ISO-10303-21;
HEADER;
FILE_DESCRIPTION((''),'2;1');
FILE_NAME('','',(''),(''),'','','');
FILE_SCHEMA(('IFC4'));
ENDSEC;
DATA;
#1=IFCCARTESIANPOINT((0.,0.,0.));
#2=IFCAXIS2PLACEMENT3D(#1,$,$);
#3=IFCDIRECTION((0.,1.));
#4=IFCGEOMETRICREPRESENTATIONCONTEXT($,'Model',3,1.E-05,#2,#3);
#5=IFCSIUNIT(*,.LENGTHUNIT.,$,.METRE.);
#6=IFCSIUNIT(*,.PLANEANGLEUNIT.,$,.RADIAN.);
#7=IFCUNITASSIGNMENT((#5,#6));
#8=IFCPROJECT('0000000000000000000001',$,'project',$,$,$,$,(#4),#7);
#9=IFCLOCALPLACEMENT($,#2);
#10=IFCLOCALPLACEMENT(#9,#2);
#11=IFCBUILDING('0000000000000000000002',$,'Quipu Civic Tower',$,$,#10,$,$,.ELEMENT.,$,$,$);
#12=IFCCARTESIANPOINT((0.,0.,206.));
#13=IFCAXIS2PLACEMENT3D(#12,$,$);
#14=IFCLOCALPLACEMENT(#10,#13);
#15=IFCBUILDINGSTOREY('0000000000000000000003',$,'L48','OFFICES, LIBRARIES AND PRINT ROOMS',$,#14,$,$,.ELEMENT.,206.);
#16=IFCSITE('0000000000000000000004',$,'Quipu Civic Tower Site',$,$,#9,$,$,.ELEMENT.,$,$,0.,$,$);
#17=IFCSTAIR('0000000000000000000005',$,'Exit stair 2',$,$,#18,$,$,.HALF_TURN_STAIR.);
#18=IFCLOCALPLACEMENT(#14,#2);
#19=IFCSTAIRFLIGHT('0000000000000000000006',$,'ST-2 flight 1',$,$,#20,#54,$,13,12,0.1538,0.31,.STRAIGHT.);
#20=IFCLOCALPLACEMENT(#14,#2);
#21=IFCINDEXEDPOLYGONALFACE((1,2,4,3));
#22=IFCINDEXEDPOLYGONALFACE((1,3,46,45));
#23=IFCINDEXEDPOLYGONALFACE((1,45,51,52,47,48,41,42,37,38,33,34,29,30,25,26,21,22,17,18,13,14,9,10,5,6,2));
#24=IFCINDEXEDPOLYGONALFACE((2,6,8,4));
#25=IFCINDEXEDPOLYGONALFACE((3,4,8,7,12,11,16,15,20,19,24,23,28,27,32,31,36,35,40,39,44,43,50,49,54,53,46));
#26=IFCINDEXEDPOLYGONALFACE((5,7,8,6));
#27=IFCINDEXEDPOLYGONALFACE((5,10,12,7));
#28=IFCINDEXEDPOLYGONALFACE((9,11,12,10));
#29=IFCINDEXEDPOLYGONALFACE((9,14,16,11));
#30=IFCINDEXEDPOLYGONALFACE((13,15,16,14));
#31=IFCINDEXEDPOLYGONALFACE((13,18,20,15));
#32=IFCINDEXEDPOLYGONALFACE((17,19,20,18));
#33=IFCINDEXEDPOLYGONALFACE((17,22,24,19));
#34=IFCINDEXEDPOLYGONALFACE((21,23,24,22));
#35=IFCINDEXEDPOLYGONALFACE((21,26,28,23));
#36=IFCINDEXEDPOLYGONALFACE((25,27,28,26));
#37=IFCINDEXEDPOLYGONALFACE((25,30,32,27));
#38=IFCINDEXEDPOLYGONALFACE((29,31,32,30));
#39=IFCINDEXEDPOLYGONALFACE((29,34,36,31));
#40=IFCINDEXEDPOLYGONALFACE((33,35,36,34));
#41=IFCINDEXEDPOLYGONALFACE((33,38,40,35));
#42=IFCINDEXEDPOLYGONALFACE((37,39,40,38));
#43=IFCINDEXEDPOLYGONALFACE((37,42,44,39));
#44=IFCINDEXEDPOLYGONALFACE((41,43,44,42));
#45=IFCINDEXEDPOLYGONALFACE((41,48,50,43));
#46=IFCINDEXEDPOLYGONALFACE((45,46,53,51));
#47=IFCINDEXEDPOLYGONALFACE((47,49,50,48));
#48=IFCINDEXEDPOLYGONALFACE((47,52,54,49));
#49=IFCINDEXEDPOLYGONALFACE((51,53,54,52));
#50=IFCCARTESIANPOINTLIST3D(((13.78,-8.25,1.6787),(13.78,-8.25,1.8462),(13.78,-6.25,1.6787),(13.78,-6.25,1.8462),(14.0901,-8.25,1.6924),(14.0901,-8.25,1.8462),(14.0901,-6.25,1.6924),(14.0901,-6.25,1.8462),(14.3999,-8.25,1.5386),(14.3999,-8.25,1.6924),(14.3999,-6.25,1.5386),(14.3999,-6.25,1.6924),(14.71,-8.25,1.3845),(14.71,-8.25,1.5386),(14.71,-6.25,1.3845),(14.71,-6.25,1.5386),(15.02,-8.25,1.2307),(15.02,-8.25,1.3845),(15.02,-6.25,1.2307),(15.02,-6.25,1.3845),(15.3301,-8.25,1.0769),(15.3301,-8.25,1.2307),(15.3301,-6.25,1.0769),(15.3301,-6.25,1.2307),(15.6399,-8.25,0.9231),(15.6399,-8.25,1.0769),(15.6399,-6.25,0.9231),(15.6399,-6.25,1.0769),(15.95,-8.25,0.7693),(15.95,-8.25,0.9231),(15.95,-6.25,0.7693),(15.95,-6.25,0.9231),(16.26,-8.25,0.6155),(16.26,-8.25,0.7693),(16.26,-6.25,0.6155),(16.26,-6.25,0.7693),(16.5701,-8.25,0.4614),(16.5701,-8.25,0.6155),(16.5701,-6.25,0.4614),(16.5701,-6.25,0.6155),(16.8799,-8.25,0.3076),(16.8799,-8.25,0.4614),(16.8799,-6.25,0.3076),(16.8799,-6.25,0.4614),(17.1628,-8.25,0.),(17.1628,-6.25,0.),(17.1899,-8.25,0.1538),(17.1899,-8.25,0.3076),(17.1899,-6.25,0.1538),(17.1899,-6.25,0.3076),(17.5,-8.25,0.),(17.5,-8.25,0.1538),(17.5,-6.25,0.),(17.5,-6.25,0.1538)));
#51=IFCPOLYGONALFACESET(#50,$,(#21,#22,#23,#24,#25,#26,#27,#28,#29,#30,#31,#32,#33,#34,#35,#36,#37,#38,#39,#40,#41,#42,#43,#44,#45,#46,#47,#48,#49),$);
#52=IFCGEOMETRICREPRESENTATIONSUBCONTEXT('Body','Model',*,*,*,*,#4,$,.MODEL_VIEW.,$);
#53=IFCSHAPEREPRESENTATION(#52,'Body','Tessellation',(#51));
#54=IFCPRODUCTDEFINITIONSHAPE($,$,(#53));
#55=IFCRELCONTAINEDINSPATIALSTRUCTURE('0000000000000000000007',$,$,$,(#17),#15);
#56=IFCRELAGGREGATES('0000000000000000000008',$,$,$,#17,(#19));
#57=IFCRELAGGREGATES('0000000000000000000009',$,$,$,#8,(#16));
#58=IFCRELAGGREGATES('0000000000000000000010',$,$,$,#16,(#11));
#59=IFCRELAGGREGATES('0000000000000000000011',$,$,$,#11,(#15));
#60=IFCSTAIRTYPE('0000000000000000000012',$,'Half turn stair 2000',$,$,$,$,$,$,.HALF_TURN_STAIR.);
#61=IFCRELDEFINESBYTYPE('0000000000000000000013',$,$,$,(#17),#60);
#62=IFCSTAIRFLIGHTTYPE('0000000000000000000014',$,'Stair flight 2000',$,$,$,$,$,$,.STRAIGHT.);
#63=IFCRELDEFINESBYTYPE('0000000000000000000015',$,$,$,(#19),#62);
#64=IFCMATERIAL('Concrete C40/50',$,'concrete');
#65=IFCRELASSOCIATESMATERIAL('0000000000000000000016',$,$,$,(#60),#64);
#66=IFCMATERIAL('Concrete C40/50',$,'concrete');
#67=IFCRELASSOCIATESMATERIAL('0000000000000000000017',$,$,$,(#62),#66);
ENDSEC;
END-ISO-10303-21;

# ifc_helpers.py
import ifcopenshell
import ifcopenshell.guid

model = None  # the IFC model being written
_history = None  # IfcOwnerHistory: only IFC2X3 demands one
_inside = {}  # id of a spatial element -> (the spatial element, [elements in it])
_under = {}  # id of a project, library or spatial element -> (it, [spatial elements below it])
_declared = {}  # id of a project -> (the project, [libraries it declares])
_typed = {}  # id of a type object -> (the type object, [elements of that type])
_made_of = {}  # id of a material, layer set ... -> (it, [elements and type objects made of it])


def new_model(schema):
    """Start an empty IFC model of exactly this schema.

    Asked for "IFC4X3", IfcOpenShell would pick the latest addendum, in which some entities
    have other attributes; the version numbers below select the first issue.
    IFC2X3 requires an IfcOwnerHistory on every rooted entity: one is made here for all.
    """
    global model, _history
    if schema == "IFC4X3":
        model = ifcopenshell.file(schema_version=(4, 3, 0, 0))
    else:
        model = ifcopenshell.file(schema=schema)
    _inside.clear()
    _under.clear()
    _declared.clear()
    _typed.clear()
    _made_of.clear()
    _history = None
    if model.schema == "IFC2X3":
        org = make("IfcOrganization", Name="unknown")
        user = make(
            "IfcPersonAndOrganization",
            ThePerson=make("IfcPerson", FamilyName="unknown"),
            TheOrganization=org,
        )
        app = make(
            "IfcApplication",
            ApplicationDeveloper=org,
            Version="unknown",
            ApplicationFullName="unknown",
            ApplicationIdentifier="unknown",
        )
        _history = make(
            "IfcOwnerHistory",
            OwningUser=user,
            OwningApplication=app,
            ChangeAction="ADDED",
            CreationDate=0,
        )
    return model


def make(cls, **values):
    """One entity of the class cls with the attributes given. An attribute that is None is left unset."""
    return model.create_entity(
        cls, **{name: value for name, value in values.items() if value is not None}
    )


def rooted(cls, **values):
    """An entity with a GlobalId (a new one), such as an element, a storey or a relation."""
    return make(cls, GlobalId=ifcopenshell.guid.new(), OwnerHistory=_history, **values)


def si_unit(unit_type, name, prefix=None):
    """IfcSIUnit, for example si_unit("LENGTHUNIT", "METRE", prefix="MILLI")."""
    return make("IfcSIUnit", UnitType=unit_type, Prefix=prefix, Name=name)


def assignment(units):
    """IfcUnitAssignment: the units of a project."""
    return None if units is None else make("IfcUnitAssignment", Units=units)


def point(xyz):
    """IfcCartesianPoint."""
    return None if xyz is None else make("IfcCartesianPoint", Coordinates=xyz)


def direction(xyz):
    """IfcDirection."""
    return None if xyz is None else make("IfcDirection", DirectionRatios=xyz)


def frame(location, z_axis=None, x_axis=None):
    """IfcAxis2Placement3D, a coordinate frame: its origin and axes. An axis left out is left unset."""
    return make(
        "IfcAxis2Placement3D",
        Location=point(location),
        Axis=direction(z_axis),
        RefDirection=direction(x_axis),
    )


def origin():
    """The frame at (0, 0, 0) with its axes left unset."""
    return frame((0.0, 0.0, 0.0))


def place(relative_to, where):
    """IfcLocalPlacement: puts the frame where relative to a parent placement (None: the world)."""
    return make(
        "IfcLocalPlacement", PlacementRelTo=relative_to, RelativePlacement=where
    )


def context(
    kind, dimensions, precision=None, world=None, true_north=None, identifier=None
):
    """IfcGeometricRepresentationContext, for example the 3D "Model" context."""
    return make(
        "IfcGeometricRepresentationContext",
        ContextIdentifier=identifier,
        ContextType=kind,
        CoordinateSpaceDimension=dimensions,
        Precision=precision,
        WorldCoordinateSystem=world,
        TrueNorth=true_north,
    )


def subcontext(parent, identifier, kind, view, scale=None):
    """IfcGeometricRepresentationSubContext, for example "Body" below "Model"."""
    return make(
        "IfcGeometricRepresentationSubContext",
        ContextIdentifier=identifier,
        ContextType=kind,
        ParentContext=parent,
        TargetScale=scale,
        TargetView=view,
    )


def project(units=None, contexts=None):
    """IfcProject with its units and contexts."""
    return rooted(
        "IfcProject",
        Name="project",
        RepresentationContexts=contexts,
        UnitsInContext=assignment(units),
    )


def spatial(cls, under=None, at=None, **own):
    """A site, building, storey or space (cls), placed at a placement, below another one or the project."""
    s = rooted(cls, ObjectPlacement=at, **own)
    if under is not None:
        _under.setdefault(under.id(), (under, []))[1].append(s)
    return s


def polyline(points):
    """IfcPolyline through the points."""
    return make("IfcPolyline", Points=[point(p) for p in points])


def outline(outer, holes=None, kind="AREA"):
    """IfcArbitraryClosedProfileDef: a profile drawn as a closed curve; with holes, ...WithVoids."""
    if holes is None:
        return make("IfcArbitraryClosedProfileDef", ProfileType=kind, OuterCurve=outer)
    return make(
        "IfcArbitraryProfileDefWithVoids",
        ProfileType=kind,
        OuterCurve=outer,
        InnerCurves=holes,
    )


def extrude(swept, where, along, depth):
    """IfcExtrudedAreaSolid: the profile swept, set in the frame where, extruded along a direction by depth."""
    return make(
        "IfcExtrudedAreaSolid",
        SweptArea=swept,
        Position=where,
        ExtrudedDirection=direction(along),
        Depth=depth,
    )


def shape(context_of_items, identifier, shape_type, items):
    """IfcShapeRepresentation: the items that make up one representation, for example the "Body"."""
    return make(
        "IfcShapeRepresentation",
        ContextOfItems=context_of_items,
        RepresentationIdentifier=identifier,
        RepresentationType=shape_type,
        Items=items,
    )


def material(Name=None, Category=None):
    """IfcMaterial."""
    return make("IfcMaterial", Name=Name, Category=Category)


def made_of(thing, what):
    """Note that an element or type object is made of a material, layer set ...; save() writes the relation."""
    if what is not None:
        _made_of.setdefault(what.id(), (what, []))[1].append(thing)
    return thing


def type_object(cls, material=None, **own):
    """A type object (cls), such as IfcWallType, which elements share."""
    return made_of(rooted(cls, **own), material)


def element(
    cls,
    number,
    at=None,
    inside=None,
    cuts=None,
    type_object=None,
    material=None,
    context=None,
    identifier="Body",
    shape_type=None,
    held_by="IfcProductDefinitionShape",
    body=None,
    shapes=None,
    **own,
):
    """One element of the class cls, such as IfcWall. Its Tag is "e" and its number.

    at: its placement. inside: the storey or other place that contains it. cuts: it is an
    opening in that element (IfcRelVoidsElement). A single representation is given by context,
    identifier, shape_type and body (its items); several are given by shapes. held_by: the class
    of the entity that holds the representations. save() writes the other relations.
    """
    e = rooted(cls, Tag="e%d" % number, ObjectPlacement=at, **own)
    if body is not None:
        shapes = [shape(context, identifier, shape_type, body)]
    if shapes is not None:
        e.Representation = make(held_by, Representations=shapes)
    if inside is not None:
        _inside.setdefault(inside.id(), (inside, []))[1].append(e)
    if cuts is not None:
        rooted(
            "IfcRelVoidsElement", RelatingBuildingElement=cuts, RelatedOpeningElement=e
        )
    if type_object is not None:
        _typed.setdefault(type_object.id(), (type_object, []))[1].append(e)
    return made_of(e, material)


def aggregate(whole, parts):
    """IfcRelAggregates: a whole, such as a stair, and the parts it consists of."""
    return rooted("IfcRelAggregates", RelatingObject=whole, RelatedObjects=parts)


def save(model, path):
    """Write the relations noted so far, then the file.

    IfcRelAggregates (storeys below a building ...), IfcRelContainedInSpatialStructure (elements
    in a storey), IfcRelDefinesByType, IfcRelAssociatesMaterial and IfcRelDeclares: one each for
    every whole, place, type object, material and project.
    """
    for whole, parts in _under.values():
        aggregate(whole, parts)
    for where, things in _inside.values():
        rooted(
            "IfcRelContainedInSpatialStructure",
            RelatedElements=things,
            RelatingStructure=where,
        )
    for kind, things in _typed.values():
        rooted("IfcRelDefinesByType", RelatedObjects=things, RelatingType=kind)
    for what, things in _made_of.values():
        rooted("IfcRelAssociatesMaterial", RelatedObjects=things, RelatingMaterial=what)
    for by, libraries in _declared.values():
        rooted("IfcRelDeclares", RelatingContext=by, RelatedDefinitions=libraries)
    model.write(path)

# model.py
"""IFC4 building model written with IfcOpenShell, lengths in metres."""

from ifc_helpers import new_model, si_unit, direction, frame, origin, place, context, subcontext, project, spatial, polyline, outline, extrude, material, type_object, element, aggregate, save


model = new_model("IFC4")

# Units and contexts
model_context = context("Model", 3, precision=1e-05, world=origin(), true_north=direction((0.0, 1.0)))
body_context = subcontext(model_context, "Body", "Model", "MODEL_VIEW")
ifc_project = project(units=[si_unit("LENGTHUNIT", "METRE"), si_unit("PLANEANGLEUNIT", "RADIAN")], contexts=[model_context])

# Site, building, storey
site_placement = place(None, origin())
site = spatial("IfcSite", under=ifc_project, at=site_placement, Name="Quipu Civic Tower Site", CompositionType="ELEMENT", RefElevation=0.0)
building_placement = place(site_placement, origin())
building = spatial("IfcBuilding", under=site, at=building_placement, Name="Quipu Civic Tower", CompositionType="ELEMENT")
storey_placement = place(building_placement, frame((0.0, 0.0, 206.0)))
storey = spatial("IfcBuildingStorey", under=building, at=storey_placement, Name="L48", Description="OFFICES, LIBRARIES AND PRINT ROOMS", CompositionType="ELEMENT", Elevation=206.0)

# Stair, stair flight
ifc_material_1 = material(Name="Concrete C40/50", Category="concrete")
stair_type = type_object("IfcStairType", Name="Half turn stair 2000", PredefinedType="HALF_TURN_STAIR", material=ifc_material_1)
stair_placement = place(storey_placement, origin())
stair = element("IfcStair", 1, at=stair_placement, inside=storey, type_object=stair_type, Name="Exit stair 2", PredefinedType="HALF_TURN_STAIR")
ifc_material_2 = material(Name="Concrete C40/50", Category="concrete")
stair_flight_type = type_object("IfcStairFlightType", Name="Stair flight 2000", PredefinedType="STRAIGHT", material=ifc_material_2)
stair_flight_placement = place(storey_placement, frame((17.5, -7.25, 0.0), z_axis=(0.0, 0.0, 1.0), x_axis=(-1.0, 0.0, 0.0)))
stair_flight = element("IfcStairFlight", 2, at=stair_flight_placement, type_object=stair_flight_type, Name="ST-2 flight 1", NumberOfRisers=13, NumberOfTreads=12, PredefinedType="STRAIGHT", RiserHeight=0.1538, TreadLength=0.31, context=body_context, shape_type="SweptSolid", body=[
    extrude(outline(polyline([(0.0, 0.0), (0.0, 0.1538), (0.3101, 0.1538), (0.3101, 0.3076), (0.6201, 0.3076), (0.6201, 0.4614), (0.9299, 0.4614), (0.9299, 0.6155), (1.24, 0.6155), (1.24, 0.7693), (1.55, 0.7693), (1.55, 0.9231), (1.8601, 0.9231), (1.8601, 1.0769), (2.1699, 1.0769), (2.1699, 1.2307), (2.48, 1.2307), (2.48, 1.3845), (2.79, 1.3845), (2.79, 1.5386), (3.1001, 1.5386), (3.1001, 1.6924), (3.4099, 1.6924), (3.4099, 1.8462), (3.72, 1.8462), (3.72, 2.0), (3.72, 1.6787), (0.3372, 0.0), (0.0, 0.0)])), frame((0.0, 1.0, 0.0), z_axis=(0.0, -1.0, 0.0), x_axis=(1.0, 0.0, 0.0)), (0.0, 0.0, 1.0), 2.0),
])
aggregate(stair, [stair_flight])

save(model, "model.ifc")
